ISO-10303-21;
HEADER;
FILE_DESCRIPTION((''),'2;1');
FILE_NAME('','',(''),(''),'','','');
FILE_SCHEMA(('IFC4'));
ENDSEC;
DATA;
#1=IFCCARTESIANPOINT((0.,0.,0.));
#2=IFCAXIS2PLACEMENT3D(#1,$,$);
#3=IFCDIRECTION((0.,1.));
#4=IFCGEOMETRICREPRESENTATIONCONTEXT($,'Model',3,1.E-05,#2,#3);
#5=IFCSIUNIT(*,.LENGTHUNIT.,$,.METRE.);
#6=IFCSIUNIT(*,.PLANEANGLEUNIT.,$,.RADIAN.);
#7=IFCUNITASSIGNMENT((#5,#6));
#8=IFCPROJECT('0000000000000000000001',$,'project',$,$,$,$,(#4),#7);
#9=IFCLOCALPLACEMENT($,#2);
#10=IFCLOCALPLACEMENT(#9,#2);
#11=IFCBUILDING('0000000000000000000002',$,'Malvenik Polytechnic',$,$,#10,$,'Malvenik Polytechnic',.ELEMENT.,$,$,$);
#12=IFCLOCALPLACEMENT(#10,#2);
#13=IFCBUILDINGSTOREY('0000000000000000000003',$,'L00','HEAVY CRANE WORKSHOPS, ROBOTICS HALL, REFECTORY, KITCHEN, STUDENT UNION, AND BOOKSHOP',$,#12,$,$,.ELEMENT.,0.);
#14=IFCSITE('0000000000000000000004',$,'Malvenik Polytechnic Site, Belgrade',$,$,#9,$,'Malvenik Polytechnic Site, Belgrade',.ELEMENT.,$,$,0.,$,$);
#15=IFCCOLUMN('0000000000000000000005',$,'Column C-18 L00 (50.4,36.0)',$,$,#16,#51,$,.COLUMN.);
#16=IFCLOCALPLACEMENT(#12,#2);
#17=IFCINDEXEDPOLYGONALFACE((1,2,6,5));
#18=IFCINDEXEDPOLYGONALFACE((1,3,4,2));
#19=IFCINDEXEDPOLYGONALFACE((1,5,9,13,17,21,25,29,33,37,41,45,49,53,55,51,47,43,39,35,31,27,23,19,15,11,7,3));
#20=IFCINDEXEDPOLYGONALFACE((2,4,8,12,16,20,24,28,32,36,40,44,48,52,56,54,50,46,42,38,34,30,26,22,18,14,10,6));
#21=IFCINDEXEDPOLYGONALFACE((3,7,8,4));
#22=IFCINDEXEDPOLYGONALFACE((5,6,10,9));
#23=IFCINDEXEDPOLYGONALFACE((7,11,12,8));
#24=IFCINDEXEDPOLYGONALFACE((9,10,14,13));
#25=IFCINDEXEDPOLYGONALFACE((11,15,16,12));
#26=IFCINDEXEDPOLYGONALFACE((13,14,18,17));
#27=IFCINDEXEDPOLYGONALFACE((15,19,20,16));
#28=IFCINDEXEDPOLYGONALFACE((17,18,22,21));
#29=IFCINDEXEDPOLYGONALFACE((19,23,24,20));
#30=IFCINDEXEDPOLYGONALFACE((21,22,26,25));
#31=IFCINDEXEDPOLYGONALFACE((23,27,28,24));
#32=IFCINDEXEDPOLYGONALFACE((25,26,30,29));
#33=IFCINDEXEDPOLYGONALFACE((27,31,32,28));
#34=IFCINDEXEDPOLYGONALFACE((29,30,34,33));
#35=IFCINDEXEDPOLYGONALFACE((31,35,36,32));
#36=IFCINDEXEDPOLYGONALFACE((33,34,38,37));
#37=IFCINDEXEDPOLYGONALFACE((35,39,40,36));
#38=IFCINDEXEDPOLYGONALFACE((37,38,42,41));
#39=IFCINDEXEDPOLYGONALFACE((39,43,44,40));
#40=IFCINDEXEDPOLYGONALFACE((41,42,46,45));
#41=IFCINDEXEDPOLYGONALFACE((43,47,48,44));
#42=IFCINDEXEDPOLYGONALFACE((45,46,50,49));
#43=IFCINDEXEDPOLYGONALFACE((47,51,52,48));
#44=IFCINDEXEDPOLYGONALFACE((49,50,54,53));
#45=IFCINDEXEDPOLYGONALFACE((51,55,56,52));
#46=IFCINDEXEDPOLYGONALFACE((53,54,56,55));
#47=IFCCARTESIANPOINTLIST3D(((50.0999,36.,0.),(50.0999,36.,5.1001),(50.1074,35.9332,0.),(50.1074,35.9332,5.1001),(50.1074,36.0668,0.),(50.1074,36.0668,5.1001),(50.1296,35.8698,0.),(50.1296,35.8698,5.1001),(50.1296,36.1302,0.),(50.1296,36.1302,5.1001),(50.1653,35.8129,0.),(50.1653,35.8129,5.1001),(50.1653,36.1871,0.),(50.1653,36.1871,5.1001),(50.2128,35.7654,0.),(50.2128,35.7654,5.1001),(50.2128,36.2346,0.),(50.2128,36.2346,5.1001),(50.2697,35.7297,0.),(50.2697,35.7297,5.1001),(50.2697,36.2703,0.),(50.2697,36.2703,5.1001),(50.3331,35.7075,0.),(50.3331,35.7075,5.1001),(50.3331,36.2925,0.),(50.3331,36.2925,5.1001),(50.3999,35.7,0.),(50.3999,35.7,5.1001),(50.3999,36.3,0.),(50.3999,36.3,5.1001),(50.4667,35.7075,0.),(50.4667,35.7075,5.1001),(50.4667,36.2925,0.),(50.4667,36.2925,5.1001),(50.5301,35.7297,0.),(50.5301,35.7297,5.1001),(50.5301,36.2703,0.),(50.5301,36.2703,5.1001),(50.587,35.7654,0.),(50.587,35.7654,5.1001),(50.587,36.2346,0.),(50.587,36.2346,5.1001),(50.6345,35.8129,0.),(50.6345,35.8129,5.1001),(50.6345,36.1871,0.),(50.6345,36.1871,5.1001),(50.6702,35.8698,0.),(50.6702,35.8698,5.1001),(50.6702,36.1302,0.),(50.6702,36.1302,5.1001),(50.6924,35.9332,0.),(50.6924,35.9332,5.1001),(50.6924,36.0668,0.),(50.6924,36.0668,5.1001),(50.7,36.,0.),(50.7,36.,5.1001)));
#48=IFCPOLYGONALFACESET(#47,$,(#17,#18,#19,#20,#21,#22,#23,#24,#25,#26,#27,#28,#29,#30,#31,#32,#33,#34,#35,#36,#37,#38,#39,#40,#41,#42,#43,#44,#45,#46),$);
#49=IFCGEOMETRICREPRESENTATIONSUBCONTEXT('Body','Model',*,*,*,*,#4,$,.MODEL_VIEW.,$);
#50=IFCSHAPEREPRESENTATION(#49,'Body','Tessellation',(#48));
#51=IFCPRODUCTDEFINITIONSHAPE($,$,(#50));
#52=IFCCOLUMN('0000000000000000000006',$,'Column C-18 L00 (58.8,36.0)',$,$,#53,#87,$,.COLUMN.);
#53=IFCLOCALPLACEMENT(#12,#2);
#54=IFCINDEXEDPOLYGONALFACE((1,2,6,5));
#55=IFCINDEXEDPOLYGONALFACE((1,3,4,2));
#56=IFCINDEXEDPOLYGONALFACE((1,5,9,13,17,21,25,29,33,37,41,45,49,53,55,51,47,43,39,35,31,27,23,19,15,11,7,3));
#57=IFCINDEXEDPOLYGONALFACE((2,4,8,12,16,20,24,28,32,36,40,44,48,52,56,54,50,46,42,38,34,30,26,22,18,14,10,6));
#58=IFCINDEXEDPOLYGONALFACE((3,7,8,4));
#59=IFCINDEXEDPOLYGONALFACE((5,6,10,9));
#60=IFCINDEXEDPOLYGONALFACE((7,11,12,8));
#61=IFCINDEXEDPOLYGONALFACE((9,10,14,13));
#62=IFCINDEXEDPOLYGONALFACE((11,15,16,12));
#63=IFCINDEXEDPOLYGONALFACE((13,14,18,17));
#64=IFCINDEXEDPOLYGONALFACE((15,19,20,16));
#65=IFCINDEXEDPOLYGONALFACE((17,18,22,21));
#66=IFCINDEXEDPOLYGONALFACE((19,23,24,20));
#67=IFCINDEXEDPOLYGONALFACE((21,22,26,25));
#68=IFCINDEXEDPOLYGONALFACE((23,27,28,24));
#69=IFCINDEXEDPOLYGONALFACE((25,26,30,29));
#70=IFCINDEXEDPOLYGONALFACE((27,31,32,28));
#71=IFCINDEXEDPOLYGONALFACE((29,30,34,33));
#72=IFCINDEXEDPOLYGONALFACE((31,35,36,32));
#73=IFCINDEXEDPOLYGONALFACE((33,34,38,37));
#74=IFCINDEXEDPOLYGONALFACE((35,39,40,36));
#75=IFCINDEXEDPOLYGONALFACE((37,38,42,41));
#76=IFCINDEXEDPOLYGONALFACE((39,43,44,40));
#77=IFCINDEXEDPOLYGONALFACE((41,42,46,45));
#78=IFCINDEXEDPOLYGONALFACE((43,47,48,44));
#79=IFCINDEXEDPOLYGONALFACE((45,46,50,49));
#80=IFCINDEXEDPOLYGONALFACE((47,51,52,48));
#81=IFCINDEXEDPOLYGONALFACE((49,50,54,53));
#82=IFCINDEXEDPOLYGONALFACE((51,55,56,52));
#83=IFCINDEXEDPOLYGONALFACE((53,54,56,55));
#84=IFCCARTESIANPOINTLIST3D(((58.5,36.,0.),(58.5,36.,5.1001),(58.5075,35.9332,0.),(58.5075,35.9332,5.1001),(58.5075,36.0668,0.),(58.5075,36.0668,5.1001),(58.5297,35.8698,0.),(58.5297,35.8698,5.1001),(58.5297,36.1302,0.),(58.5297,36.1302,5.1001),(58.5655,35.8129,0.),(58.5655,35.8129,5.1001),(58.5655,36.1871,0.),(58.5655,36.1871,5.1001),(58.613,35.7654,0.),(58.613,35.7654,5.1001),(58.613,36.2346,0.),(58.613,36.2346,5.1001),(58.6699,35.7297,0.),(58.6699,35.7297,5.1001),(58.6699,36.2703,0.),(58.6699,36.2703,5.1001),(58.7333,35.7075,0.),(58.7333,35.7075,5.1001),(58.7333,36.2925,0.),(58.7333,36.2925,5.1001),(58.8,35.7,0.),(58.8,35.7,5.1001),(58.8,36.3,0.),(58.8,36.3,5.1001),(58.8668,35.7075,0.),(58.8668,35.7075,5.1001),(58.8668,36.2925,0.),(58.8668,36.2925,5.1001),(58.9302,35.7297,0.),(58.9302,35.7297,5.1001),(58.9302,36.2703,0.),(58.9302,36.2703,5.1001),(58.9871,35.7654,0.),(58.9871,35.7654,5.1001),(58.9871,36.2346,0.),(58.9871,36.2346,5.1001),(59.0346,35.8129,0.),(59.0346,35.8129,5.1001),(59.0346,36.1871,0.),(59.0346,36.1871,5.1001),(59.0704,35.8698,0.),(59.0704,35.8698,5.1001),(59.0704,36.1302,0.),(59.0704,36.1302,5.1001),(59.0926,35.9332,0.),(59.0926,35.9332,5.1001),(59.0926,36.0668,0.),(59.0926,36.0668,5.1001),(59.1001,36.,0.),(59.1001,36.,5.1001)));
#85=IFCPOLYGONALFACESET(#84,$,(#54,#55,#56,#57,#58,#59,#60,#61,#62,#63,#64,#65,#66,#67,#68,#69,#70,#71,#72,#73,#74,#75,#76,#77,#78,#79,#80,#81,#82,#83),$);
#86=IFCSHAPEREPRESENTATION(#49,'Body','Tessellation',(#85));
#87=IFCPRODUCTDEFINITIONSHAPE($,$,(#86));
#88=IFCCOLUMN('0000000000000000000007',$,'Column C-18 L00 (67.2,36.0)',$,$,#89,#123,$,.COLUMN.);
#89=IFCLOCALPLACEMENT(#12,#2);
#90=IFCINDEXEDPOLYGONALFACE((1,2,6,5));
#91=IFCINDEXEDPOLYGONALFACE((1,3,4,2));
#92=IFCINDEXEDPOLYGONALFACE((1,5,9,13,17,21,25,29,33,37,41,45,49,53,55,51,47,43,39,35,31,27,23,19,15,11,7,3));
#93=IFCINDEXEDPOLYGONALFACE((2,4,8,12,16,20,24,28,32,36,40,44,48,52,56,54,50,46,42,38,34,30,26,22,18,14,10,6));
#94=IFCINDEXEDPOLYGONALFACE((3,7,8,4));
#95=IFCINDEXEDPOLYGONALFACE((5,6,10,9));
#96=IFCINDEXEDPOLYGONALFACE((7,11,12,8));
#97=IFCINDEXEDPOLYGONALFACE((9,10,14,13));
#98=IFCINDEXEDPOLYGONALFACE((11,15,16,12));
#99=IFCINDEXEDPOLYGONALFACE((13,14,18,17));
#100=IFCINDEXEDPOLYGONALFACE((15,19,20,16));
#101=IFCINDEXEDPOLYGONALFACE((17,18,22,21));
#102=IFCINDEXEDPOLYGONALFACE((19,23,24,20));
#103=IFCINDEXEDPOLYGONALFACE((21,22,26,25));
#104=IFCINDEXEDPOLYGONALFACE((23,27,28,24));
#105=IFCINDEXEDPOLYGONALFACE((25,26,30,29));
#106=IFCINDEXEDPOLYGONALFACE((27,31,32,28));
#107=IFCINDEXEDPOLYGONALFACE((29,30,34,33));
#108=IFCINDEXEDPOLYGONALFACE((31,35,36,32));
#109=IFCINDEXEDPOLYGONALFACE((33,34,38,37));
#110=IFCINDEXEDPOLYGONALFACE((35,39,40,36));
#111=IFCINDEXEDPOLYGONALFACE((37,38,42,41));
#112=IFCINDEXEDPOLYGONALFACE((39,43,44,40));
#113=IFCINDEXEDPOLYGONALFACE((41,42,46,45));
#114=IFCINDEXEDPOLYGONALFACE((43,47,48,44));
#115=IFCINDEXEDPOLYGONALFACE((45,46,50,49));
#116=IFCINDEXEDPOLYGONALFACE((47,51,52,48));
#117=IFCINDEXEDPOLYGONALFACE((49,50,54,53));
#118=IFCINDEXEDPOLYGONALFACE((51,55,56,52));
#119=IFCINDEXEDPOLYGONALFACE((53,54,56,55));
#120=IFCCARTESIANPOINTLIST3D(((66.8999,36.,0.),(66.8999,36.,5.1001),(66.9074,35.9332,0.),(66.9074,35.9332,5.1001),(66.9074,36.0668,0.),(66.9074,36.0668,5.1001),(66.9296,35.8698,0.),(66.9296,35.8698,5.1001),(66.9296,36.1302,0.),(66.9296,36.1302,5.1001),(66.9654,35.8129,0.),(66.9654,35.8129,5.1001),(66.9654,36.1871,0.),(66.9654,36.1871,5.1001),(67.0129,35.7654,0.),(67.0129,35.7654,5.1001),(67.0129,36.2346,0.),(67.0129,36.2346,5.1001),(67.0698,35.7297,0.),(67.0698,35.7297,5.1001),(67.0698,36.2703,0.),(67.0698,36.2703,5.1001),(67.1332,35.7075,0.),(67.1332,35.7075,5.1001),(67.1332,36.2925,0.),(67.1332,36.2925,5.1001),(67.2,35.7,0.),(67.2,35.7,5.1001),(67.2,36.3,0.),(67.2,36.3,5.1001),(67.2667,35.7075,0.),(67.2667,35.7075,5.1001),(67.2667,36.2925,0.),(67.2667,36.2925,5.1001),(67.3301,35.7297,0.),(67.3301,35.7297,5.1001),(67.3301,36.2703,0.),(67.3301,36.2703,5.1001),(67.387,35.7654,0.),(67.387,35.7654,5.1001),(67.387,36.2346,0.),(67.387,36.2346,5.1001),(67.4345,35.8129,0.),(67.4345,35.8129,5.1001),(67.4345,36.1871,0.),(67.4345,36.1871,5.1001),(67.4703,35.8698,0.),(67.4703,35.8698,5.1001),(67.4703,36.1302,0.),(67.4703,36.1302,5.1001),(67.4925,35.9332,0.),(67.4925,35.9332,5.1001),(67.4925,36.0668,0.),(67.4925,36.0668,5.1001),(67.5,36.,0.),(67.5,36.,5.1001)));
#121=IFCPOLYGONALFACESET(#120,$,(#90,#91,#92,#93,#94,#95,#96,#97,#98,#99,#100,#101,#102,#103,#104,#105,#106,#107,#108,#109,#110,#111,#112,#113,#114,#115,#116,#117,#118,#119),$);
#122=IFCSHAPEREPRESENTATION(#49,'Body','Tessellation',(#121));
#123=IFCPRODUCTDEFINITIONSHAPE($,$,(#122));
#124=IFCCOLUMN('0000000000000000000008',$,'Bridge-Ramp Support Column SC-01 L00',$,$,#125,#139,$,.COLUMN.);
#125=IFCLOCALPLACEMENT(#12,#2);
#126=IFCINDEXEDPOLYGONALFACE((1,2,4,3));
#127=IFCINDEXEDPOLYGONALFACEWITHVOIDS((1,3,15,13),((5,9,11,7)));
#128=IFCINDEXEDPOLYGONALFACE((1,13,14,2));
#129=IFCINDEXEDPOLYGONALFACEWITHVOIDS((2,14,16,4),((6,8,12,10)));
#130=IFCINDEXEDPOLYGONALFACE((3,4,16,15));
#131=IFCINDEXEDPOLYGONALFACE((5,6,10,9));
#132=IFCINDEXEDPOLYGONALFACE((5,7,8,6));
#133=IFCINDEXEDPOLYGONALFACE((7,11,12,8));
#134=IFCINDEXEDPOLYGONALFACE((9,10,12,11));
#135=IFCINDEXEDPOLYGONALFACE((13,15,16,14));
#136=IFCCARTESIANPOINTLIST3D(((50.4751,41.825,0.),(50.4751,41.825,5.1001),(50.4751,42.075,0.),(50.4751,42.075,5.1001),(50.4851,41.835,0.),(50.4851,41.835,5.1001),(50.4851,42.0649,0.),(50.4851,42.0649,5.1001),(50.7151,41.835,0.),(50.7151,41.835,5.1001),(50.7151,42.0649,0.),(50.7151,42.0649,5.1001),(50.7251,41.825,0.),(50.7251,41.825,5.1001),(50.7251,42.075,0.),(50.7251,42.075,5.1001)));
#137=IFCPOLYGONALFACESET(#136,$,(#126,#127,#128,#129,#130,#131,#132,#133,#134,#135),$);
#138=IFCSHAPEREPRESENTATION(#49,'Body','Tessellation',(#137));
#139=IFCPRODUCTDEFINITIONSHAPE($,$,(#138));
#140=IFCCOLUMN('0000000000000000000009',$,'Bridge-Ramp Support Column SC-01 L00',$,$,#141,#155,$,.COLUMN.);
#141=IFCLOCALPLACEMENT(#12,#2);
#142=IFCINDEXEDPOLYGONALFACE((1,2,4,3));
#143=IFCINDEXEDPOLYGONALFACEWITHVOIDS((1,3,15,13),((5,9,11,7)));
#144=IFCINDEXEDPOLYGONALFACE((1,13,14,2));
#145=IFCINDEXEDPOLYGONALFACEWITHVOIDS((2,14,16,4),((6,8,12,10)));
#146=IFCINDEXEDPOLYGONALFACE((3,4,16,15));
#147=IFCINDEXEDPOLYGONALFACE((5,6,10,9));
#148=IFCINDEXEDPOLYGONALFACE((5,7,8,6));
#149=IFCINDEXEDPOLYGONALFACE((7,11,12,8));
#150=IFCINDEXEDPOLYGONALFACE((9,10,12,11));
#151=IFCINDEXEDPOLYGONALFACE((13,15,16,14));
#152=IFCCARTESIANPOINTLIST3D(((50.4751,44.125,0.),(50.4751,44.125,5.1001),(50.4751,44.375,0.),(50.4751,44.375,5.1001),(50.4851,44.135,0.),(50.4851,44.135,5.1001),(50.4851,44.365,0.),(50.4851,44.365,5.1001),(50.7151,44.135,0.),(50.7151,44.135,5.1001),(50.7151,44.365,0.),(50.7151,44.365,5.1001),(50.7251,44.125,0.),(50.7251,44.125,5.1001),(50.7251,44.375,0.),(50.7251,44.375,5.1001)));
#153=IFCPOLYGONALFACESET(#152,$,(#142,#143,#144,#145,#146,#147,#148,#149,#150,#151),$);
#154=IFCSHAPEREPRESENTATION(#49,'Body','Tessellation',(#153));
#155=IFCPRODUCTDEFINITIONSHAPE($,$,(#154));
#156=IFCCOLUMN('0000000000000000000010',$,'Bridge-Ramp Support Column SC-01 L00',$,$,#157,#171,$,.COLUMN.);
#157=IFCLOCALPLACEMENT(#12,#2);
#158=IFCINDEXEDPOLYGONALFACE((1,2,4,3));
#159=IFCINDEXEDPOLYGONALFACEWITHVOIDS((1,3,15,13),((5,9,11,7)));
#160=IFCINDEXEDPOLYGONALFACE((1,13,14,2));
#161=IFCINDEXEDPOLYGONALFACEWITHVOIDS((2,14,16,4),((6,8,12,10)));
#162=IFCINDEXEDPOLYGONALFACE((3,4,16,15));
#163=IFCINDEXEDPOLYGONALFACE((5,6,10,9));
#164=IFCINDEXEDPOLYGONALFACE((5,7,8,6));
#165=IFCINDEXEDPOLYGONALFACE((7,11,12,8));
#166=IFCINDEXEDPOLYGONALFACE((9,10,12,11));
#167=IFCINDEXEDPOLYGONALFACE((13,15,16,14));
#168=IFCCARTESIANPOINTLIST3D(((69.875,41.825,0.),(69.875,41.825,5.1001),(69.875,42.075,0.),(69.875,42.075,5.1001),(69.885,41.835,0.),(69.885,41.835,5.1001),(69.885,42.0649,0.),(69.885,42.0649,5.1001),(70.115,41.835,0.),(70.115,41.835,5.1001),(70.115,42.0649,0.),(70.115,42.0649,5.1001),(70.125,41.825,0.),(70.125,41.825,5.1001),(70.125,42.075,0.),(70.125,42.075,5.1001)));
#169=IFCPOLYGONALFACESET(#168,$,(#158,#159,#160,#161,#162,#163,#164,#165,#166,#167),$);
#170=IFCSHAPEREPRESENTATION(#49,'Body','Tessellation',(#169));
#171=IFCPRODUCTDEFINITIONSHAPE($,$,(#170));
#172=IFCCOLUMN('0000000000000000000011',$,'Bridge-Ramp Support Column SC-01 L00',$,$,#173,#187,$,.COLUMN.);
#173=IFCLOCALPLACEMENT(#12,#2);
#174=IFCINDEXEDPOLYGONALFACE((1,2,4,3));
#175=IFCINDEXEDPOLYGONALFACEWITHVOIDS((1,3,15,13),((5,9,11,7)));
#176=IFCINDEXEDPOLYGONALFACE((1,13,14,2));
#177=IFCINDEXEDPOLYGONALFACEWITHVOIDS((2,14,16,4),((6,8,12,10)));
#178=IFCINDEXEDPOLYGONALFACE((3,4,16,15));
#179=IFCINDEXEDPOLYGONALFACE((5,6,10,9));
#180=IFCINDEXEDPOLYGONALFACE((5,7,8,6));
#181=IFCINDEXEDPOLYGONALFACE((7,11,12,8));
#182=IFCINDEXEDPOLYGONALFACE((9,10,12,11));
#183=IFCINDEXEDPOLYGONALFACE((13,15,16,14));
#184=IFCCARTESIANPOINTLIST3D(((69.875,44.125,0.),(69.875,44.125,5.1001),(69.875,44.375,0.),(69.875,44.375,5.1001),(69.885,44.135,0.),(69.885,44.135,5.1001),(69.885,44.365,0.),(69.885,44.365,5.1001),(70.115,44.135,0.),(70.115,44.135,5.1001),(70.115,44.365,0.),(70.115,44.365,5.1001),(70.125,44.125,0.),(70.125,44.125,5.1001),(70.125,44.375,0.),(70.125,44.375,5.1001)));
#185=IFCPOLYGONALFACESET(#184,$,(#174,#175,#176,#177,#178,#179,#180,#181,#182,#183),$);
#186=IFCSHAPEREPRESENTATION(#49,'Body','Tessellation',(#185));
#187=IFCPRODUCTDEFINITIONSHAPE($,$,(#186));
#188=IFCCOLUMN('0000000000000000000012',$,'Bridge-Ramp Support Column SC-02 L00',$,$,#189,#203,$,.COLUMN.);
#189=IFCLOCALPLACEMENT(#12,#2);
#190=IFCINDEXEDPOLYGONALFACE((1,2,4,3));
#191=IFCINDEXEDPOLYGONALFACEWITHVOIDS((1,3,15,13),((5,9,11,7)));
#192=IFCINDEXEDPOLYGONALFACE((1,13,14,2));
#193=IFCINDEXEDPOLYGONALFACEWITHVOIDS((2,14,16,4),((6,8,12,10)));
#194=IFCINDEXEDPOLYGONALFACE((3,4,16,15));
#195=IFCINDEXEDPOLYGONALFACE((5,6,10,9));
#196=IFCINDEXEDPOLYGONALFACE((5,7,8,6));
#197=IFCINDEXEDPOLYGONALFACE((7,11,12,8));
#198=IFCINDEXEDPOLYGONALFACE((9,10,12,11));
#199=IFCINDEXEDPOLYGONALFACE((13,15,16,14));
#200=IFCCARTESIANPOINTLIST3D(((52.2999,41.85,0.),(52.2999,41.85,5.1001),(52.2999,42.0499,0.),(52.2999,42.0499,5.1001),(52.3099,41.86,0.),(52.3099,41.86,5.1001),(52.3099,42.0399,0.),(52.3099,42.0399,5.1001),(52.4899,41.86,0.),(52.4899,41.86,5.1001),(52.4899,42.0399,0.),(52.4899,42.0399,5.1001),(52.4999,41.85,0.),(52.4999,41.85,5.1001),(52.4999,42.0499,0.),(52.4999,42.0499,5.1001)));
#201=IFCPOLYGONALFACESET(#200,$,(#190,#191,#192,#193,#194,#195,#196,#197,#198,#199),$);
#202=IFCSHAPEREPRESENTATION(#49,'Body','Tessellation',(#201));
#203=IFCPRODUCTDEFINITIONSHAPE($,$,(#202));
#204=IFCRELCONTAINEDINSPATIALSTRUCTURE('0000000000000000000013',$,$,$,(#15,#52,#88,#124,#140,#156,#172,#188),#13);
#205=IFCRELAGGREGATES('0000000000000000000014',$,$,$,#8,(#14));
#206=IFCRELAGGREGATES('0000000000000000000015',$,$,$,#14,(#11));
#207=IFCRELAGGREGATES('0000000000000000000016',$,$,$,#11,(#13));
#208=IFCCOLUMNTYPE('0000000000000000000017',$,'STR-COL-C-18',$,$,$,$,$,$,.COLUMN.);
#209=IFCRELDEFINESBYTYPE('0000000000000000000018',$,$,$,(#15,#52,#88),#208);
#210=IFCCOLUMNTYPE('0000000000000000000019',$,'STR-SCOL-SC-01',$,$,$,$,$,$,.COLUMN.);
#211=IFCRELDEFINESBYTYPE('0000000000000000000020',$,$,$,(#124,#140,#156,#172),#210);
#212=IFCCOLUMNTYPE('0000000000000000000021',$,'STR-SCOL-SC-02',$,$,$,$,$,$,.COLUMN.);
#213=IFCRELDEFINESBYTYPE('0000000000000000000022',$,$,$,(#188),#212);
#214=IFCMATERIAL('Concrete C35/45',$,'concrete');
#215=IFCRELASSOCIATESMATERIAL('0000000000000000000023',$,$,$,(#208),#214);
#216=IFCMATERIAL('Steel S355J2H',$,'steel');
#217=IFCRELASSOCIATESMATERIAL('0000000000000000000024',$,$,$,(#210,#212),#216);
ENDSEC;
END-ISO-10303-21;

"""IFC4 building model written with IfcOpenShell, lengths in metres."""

from ifc_helpers import new_model, si_unit, direction, frame, origin, origin_2d, place, context, subcontext, project, spatial, hollow_rectangle, circle, extrude, material, material_profile, profile_set, type_object, element, save


model = new_model("IFC4")

# Units and contexts
model_context = context("Model", 3, precision=1e-05, world=origin(), true_north=direction((0.0, 1.0)))
body_context = subcontext(model_context, "Body", "Model", "MODEL_VIEW")
ifc_project = project(units=[si_unit("LENGTHUNIT", "METRE"), si_unit("PLANEANGLEUNIT", "RADIAN")], contexts=[model_context])

# Site, building, storey
site_placement = place(None, origin())
site = spatial("IfcSite", under=ifc_project, at=site_placement, Name="Malvenik Polytechnic Site, Belgrade", LongName="Malvenik Polytechnic Site, Belgrade", CompositionType="ELEMENT", RefElevation=0.0)
building_placement = place(site_placement, origin())
building = spatial("IfcBuilding", under=site, at=building_placement, Name="Malvenik Polytechnic", LongName="Malvenik Polytechnic", CompositionType="ELEMENT")
storey_placement = place(building_placement, origin())
storey = spatial("IfcBuildingStorey", under=building, at=storey_placement, Name="L00", Description="HEAVY CRANE WORKSHOPS, ROBOTICS HALL, REFECTORY, KITCHEN, STUDENT UNION, AND BOOKSHOP", CompositionType="ELEMENT", Elevation=0.0)

# Columns
ifc_material_1 = material(Name="Concrete C35/45", Category="concrete")
ifc_material_profile_1 = material_profile(ifc_material_1, circle(Radius=0.3, at=origin_2d()), Name="RC COL D600")
ifc_profile_set_1 = profile_set([ifc_material_profile_1], Name="Concrete C35/45")
column_type_1 = type_object("IfcColumnType", Name="STR-COL-C-18", PredefinedType="COLUMN", material=ifc_profile_set_1)
for number, where, z_axis, x_axis, name in (
    (1, (50.3999, 36.0, 0.0), (0.0, 0.0, 1.0), (1.0, 0.0, 0.0), "Column C-18 L00 (50.4,36.0)"),
    (2, (58.8, 36.0, 0.0), (0.0, 0.0, 1.0), (1.0, 0.0, 0.0), "Column C-18 L00 (58.8,36.0)"),
    (3, (67.2, 36.0, 0.0), (0.0, 0.0, 1.0), (1.0, 0.0, 0.0), "Column C-18 L00 (67.2,36.0)"),
):
    element("IfcColumn", number, at=place(storey_placement, frame(where, z_axis=z_axis, x_axis=x_axis)), inside=storey, type_object=column_type_1, Name=name, PredefinedType="COLUMN", context=body_context, shape_type="SweptSolid", body=[
        extrude(circle(Radius=0.3, at=origin_2d()), origin(), (0.0, 0.0, 1.0), 5.1001),
    ])
ifc_material_2 = material(Name="Steel S355J2H", Category="steel")
ifc_material_profile_2 = material_profile(ifc_material_2, hollow_rectangle(XDim=0.25, YDim=0.25, WallThickness=0.01, at=origin_2d()), Name="SHS 250x250x10.0")
ifc_profile_set_2 = profile_set([ifc_material_profile_2], Name="Steel S355J2H")
column_type_2 = type_object("IfcColumnType", Name="STR-SCOL-SC-01", PredefinedType="COLUMN", material=ifc_profile_set_2)
for number, where, z_axis, x_axis, name in (
    (4, (50.6001, 41.95, 0.0), (0.0, 0.0, 1.0), (1.0, 0.0, 0.0), "Bridge-Ramp Support Column SC-01 L00"),
    (5, (50.6001, 44.25, 0.0), (0.0, 0.0, 1.0), (1.0, 0.0, 0.0), "Bridge-Ramp Support Column SC-01 L00"),
    (6, (70.0, 41.95, 0.0), (0.0, 0.0, 1.0), (1.0, 0.0, 0.0), "Bridge-Ramp Support Column SC-01 L00"),
    (7, (70.0, 44.25, 0.0), (0.0, 0.0, 1.0), (1.0, 0.0, 0.0), "Bridge-Ramp Support Column SC-01 L00"),
):
    element("IfcColumn", number, at=place(storey_placement, frame(where, z_axis=z_axis, x_axis=x_axis)), inside=storey, type_object=column_type_2, Name=name, PredefinedType="COLUMN", context=body_context, shape_type="SweptSolid", body=[
        extrude(hollow_rectangle(XDim=0.25, YDim=0.25, WallThickness=0.01, at=origin_2d()), origin(), (0.0, 0.0, 1.0), 5.1001),
    ])
ifc_material_profile_3 = material_profile(ifc_material_2, hollow_rectangle(XDim=0.2, YDim=0.2, WallThickness=0.01, at=origin_2d()), Name="SHS 200x200x10.0")
ifc_profile_set_3 = profile_set([ifc_material_profile_3], Name="Steel S355J2H")
column_type_3 = type_object("IfcColumnType", Name="STR-SCOL-SC-02", PredefinedType="COLUMN", material=ifc_profile_set_3)
for number, where, z_axis, x_axis, name in (
    (8, (52.3999, 41.95, 0.0), (0.0, 0.0, 1.0), (1.0, 0.0, 0.0), "Bridge-Ramp Support Column SC-02 L00"),
):
    element("IfcColumn", number, at=place(storey_placement, frame(where, z_axis=z_axis, x_axis=x_axis)), inside=storey, type_object=column_type_3, Name=name, PredefinedType="COLUMN", context=body_context, shape_type="SweptSolid", body=[
        extrude(hollow_rectangle(XDim=0.2, YDim=0.2, WallThickness=0.01, at=origin_2d()), origin(), (0.0, 0.0, 1.0), 5.1001),
    ])

save(model, "model.ifc")
